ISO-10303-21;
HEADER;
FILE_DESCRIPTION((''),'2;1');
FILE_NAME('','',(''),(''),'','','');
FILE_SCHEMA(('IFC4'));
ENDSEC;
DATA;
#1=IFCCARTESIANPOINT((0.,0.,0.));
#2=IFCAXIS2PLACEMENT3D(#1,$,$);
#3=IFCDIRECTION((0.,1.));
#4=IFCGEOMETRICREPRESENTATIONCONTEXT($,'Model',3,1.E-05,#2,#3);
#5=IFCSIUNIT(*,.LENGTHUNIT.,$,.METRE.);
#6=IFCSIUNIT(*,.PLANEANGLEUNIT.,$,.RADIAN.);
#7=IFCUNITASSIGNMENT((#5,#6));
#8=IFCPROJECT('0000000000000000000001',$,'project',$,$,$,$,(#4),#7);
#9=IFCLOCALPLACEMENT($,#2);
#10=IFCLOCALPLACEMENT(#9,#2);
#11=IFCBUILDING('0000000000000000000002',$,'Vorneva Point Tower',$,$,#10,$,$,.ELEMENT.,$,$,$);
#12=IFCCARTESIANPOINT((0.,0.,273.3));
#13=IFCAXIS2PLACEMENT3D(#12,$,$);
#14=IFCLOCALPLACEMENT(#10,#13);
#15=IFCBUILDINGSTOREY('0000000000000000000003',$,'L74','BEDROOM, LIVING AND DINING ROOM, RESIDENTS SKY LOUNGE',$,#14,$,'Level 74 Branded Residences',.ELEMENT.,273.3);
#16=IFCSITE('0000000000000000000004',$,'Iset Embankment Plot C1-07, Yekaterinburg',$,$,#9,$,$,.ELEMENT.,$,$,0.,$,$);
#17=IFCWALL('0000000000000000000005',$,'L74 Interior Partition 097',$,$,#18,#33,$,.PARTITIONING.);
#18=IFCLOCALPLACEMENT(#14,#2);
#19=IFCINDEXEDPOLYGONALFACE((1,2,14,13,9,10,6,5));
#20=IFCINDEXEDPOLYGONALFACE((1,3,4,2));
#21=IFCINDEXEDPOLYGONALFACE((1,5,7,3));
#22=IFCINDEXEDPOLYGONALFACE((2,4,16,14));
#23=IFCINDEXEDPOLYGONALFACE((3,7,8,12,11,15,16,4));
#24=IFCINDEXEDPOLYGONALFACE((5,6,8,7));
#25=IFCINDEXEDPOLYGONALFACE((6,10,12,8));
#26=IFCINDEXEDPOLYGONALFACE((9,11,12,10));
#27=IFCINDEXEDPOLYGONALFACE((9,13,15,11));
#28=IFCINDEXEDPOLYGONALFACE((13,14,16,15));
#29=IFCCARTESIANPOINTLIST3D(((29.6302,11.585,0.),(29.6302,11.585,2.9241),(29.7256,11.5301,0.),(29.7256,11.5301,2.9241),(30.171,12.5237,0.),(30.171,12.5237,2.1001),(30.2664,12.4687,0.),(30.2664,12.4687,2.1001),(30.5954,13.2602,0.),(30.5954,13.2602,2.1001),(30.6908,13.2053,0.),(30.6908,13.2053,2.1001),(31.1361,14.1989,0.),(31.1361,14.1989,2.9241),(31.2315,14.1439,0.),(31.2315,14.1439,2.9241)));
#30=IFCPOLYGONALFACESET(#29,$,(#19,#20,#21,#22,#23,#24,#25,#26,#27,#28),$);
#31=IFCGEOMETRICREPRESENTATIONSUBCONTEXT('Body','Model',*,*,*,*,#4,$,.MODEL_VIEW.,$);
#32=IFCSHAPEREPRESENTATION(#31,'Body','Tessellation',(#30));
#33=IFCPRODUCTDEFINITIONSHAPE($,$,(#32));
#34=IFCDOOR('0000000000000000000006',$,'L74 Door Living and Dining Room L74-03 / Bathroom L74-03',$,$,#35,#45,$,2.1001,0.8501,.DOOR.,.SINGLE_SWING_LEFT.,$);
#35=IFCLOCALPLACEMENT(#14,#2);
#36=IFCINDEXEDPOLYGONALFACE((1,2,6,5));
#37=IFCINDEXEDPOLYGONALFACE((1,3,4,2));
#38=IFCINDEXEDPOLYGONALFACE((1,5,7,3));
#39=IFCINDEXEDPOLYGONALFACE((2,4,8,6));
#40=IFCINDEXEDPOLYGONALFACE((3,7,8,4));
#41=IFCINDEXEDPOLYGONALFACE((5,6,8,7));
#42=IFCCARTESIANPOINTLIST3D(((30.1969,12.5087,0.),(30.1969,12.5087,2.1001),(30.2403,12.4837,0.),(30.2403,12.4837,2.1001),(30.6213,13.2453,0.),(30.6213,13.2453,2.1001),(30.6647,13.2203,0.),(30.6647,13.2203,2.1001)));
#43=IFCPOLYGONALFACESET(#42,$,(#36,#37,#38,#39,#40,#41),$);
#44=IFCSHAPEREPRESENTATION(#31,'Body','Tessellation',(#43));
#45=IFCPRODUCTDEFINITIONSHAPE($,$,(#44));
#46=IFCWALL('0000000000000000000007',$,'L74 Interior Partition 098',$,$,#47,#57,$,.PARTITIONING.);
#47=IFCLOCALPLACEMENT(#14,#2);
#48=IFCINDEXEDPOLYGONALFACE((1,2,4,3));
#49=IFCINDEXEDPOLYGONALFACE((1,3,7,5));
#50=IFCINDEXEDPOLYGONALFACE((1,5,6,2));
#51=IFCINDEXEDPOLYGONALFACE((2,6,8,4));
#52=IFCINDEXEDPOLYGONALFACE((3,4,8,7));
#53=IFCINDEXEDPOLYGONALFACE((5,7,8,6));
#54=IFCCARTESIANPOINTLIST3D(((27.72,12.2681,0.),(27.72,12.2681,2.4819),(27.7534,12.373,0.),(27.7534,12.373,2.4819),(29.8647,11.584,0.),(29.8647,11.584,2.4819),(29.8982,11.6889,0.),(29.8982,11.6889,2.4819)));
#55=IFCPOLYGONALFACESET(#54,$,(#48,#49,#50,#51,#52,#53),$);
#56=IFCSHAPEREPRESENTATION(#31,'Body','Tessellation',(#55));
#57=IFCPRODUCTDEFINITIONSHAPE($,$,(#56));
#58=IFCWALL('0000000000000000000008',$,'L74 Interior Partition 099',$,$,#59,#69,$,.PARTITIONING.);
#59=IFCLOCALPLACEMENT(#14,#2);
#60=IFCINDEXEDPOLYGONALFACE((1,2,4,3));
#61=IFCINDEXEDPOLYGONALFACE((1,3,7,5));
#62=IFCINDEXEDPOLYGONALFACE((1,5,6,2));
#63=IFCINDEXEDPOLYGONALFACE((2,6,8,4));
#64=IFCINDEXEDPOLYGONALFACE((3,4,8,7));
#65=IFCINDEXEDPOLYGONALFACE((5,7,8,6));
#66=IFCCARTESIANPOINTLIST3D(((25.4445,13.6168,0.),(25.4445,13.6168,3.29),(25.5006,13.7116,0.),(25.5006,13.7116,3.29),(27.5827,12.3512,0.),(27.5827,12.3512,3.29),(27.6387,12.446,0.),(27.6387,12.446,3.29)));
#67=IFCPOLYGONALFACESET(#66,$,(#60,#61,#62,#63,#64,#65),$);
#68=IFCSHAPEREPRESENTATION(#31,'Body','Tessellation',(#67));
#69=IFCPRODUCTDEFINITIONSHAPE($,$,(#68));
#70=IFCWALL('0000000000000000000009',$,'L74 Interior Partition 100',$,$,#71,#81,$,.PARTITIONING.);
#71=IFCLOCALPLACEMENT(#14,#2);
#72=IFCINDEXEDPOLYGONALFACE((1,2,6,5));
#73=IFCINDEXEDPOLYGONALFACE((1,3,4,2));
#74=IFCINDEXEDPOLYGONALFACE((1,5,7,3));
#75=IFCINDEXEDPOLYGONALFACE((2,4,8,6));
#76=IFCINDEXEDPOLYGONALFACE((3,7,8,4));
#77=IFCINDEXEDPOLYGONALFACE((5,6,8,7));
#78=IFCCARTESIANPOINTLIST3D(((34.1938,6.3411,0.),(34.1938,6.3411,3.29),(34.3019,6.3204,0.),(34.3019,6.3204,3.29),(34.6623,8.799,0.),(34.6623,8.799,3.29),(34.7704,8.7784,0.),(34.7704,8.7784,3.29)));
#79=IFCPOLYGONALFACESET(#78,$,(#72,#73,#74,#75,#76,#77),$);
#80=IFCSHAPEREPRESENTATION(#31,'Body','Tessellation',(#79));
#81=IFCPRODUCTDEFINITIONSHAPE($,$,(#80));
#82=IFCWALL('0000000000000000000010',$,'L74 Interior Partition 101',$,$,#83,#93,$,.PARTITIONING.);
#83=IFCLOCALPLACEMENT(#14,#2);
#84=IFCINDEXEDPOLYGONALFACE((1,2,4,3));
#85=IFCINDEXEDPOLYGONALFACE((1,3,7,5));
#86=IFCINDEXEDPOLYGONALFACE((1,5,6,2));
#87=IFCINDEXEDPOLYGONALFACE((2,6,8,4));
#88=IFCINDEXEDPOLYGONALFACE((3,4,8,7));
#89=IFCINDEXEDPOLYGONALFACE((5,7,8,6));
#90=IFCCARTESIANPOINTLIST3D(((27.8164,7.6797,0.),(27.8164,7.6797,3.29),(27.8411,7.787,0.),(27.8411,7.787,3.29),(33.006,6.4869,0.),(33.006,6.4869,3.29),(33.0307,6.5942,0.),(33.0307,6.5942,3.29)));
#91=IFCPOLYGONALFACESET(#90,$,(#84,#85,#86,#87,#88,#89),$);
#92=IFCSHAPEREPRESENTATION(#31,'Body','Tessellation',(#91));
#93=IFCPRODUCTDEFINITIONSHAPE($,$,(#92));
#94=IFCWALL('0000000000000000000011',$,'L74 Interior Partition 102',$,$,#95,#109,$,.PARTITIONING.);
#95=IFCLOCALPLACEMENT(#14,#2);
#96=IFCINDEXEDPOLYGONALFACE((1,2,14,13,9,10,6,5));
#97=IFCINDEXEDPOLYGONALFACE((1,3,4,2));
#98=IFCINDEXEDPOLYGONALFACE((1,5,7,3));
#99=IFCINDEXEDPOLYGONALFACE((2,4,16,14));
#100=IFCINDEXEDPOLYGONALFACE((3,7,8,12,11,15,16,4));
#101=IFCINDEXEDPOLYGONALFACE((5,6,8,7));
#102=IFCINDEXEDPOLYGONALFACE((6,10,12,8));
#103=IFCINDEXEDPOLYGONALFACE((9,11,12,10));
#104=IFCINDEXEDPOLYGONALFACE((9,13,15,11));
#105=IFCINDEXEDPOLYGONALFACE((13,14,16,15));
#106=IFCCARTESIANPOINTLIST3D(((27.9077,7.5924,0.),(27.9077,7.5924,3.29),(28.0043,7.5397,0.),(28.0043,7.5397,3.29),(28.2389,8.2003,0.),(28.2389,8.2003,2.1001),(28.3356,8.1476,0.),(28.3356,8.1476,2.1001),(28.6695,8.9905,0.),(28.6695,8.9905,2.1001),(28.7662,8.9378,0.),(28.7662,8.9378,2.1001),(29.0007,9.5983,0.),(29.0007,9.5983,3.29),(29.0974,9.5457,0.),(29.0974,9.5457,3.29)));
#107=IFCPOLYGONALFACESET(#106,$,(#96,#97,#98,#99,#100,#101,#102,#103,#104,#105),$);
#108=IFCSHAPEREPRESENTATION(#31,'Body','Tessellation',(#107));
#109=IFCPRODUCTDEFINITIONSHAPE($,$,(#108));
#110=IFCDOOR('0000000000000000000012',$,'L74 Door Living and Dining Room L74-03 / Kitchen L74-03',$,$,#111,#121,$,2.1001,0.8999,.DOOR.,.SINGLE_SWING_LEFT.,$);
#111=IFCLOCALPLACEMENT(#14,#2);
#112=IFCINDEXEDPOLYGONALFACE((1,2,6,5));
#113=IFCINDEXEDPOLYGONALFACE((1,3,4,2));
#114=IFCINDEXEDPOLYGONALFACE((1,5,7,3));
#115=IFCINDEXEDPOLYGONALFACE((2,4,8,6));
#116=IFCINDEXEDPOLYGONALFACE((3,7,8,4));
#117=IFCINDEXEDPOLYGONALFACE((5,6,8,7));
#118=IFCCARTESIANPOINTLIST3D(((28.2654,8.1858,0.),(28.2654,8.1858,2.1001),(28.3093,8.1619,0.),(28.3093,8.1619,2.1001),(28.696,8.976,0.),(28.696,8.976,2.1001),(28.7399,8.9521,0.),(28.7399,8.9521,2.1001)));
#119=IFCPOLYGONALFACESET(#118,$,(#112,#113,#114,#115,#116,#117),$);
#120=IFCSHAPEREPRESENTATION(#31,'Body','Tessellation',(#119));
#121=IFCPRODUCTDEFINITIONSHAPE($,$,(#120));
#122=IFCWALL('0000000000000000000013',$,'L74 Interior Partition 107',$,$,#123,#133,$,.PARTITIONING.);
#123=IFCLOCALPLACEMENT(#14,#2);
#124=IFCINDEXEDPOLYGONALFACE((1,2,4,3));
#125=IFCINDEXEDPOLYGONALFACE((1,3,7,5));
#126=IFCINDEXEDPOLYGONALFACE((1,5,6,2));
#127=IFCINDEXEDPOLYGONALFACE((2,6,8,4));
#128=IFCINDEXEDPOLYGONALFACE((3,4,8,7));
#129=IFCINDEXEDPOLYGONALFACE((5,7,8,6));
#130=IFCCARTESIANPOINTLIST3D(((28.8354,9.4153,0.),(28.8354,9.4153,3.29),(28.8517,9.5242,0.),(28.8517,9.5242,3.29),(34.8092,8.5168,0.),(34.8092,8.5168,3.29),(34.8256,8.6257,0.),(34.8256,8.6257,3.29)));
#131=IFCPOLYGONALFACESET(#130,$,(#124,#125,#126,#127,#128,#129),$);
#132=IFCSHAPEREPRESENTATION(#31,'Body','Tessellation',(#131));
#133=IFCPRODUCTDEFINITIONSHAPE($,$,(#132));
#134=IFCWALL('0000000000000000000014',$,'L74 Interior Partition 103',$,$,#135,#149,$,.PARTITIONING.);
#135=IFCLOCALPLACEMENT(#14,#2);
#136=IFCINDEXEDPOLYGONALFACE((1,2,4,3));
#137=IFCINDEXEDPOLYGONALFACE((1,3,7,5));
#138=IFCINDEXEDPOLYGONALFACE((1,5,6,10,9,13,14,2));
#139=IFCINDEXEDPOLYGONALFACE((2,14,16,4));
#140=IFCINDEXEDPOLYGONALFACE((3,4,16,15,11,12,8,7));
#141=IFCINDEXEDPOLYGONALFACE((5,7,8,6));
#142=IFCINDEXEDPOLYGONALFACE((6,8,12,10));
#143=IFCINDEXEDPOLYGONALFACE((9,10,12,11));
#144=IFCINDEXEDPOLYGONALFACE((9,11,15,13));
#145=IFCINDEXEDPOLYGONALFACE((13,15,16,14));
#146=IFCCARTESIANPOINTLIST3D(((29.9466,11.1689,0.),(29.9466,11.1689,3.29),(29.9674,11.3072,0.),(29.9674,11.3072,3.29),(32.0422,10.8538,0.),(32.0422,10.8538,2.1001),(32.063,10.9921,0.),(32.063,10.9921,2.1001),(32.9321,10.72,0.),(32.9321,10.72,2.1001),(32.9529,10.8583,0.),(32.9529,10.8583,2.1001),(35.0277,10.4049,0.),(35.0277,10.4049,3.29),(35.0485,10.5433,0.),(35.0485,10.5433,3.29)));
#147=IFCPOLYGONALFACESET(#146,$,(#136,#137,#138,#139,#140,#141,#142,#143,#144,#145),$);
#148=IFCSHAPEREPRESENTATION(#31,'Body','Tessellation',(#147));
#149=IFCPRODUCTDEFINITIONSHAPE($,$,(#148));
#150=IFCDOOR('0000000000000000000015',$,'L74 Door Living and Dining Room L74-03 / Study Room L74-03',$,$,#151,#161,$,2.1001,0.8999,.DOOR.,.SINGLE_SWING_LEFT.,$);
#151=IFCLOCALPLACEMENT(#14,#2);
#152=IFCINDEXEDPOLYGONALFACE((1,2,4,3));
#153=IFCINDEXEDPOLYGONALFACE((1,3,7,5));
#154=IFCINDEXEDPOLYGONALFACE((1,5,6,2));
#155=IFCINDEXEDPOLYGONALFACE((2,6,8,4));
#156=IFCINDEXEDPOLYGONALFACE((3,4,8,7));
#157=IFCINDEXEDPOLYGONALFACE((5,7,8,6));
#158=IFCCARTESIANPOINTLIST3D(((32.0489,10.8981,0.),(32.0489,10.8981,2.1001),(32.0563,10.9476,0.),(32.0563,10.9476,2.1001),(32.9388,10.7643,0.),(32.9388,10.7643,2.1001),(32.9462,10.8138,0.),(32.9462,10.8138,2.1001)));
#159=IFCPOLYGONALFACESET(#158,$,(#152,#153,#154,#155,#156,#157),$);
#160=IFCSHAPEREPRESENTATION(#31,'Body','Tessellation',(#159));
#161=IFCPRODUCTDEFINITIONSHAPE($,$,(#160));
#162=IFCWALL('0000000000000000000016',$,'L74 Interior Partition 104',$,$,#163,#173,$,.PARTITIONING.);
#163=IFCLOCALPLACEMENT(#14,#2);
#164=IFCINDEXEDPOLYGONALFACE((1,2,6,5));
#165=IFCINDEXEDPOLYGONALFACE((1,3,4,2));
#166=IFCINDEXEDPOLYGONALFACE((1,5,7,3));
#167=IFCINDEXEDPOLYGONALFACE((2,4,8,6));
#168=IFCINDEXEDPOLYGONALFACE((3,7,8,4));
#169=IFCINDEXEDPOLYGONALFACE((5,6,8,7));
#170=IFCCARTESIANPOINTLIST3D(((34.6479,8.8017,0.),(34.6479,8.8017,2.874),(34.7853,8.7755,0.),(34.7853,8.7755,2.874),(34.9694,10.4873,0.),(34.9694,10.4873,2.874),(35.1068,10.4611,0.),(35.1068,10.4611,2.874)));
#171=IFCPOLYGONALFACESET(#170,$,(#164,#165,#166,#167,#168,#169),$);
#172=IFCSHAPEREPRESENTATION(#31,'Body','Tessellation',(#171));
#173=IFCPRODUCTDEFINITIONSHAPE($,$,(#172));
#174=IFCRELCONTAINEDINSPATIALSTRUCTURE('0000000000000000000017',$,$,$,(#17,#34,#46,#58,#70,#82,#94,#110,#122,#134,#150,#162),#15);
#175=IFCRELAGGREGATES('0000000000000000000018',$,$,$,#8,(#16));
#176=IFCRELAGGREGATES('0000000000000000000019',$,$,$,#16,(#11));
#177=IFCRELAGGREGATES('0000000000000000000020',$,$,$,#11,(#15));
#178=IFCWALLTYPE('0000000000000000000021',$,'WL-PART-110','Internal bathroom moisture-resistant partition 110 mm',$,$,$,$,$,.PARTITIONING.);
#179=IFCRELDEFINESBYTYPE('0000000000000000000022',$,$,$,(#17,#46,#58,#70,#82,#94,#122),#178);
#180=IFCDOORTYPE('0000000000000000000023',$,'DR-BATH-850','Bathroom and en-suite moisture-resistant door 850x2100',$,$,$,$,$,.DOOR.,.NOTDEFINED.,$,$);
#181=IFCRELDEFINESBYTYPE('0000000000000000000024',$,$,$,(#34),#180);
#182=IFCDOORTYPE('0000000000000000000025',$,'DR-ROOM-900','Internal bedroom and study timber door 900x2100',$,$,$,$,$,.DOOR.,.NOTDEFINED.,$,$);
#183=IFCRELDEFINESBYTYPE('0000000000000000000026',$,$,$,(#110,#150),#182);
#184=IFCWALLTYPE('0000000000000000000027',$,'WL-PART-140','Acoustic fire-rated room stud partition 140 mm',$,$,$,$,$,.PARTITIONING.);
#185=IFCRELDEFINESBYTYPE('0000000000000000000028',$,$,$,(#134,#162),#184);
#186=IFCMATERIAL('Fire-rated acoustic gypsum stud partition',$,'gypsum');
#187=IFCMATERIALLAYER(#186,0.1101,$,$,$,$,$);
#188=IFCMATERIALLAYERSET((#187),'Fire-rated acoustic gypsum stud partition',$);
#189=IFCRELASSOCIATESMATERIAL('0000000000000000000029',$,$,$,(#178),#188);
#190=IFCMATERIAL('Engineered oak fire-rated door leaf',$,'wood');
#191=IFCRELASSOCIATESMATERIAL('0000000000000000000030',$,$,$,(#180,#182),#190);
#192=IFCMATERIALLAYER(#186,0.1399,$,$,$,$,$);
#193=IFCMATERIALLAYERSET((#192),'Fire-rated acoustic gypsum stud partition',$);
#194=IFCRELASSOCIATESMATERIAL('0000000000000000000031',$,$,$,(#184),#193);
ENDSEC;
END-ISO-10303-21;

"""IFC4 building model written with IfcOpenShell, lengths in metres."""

from ifc_helpers import new_model, si_unit, direction, frame, frame_2d, origin, place, context, subcontext, project, spatial, rectangle, extrude, material, layer, layer_set, type_object, element, fill, save


model = new_model("IFC4")

# Units and contexts
model_context = context("Model", 3, precision=1e-05, world=origin(), true_north=direction((0.0, 1.0)))
body_context = subcontext(model_context, "Body", "Model", "MODEL_VIEW")
ifc_project = project(units=[si_unit("LENGTHUNIT", "METRE"), si_unit("PLANEANGLEUNIT", "RADIAN")], contexts=[model_context])

# Site, building, storey
site_placement = place(None, origin())
site = spatial("IfcSite", under=ifc_project, at=site_placement, Name="Iset Embankment Plot C1-07, Yekaterinburg", CompositionType="ELEMENT", RefElevation=0.0)
building_placement = place(site_placement, origin())
building = spatial("IfcBuilding", under=site, at=building_placement, Name="Vorneva Point Tower", CompositionType="ELEMENT")
storey_placement = place(building_placement, frame((0.0, 0.0, 273.3)))
storey = spatial("IfcBuildingStorey", under=building, at=storey_placement, Name="L74", Description="BEDROOM, LIVING AND DINING ROOM, RESIDENTS SKY LOUNGE", LongName="Level 74 Branded Residences", CompositionType="ELEMENT", Elevation=273.3)

# Wall, opening, door
ifc_material_1 = material(Name="Fire-rated acoustic gypsum stud partition", Category="gypsum")
ifc_layer_1 = layer(ifc_material_1, 0.1101)
ifc_layer_set_1 = layer_set([ifc_layer_1], Name="Fire-rated acoustic gypsum stud partition")
wall_type_1 = type_object("IfcWallType", Name="WL-PART-110", Description="Internal bathroom moisture-resistant partition 110 mm", PredefinedType="PARTITIONING", material=ifc_layer_set_1)
wall_1_placement = place(storey_placement, frame((31.1838, 14.1714, 0.0), z_axis=(0.0, 0.0, 1.0), x_axis=(-0.499204, -0.866485, 0.0)))
wall_1 = element("IfcWall", 1, at=wall_1_placement, inside=storey, type_object=wall_type_1, Name="L74 Interior Partition 097", PredefinedType="PARTITIONING", context=body_context, shape_type="SweptSolid", body=[
    extrude(rectangle(XDim=3.0166, YDim=0.1101, at=frame_2d((1.5083, 0.0))), origin(), (0.0, 0.0, 1.0), 2.9241),
])
opening_1_placement = place(wall_1_placement, frame((1.0833, 0.0, 0.0)))
opening_1 = element("IfcOpeningElement", 2, at=opening_1_placement, cuts=wall_1, PredefinedType="OPENING", context=body_context, shape_type="SweptSolid", body=[
    extrude(rectangle(XDim=0.8501, YDim=2.1001, at=frame_2d((0.425, 1.05))), frame((0.0, 0.0698, 0.0), z_axis=(0.0, -1.0, 0.0), x_axis=(1.0, 0.0, 0.0)), (0.0, 0.0, 1.0), 0.1399),
])
ifc_material_2 = material(Name="Engineered oak fire-rated door leaf", Category="wood")
door_type_1 = type_object("IfcDoorType", Name="DR-BATH-850", Description="Bathroom and en-suite moisture-resistant door 850x2100", OperationType="NOTDEFINED", PredefinedType="DOOR", material=ifc_material_2)
door_1_placement = place(opening_1_placement, origin())
door_1 = element("IfcDoor", 3, at=door_1_placement, inside=storey, type_object=door_type_1, Name="L74 Door Living and Dining Room L74-03 / Bathroom L74-03", OperationType="SINGLE_SWING_LEFT", OverallHeight=2.1001, OverallWidth=0.8501, PredefinedType="DOOR", context=body_context, shape_type="SweptSolid", body=[
    extrude(rectangle(XDim=0.8501, YDim=2.1001, at=frame_2d((0.425, 1.05))), frame((0.0, 0.0249, 0.0), z_axis=(0.0, -1.0, 0.0), x_axis=(1.0, 0.0, 0.0)), (0.0, 0.0, 1.0), 0.05),
])
fill(opening_1, door_1)

# Walls
wall_2_placement = place(storey_placement, frame((29.8813, 11.6365, 0.0), z_axis=(0.0, 0.0, 1.0), x_axis=(-0.952713, 0.303871, 0.0)))
element("IfcWall", 4, at=wall_2_placement, inside=storey, type_object=wall_type_1, Name="L74 Interior Partition 098", PredefinedType="PARTITIONING", context=body_context, shape_type="SweptSolid", body=[
    extrude(rectangle(XDim=2.2512, YDim=0.1101, at=frame_2d((1.1255, 0.0))), origin(), (0.0, 0.0, 1.0), 2.4819),
])
wall_3_placement = place(storey_placement, frame((27.6106, 12.3987, 0.0), z_axis=(0.0, 0.0, 1.0), x_axis=(-0.860547, 0.509371, 0.0)))
element("IfcWall", 5, at=wall_3_placement, inside=storey, type_object=wall_type_1, Name="L74 Interior Partition 099", PredefinedType="PARTITIONING", context=body_context, shape_type="SweptSolid", body=[
    extrude(rectangle(XDim=2.4846, YDim=0.1101, at=frame_2d((1.2422, 0.0))), origin(), (0.0, 0.0, 1.0), 3.29),
])
wall_4_placement = place(storey_placement, frame((34.7163, 8.7886, 0.0), z_axis=(0.0, 0.0, 1.0), x_axis=(-0.187233, -0.982316, 0.0)))
element("IfcWall", 6, at=wall_4_placement, inside=storey, type_object=wall_type_1, Name="L74 Interior Partition 100", PredefinedType="PARTITIONING", context=body_context, shape_type="SweptSolid", body=[
    extrude(rectangle(XDim=2.5022, YDim=0.1101, at=frame_2d((1.251, 0.0))), origin(), (0.0, 0.0, 1.0), 3.29),
])
wall_5_placement = place(storey_placement, frame((27.8286, 7.7334, 0.0), z_axis=(0.0, 0.0, 1.0), x_axis=(0.974586, -0.224012, 0.0)))
element("IfcWall", 7, at=wall_5_placement, inside=storey, type_object=wall_type_1, Name="L74 Interior Partition 101", PredefinedType="PARTITIONING", context=body_context, shape_type="SweptSolid", body=[
    extrude(rectangle(XDim=5.325, YDim=0.1101, at=frame_2d((2.6626, 0.0))), origin(), (0.0, 0.0, 1.0), 3.29),
])

# Wall, opening, door
wall_6_placement = place(storey_placement, frame((27.9561, 7.5662, 0.0), z_axis=(0.0, 0.0, 1.0), x_axis=(0.478485, 0.878096, 0.0)))
wall_6 = element("IfcWall", 8, at=wall_6_placement, inside=storey, type_object=wall_type_1, Name="L74 Interior Partition 102", PredefinedType="PARTITIONING", context=body_context, shape_type="SweptSolid", body=[
    extrude(rectangle(XDim=2.2844, YDim=0.1101, at=frame_2d((1.1421, 0.0))), origin(), (0.0, 0.0, 1.0), 3.29),
])
opening_2_placement = place(wall_6_placement, frame((0.6921, 0.0, 0.0)))
opening_2 = element("IfcOpeningElement", 9, at=opening_2_placement, cuts=wall_6, PredefinedType="OPENING", context=body_context, shape_type="SweptSolid", body=[
    extrude(rectangle(XDim=0.8999, YDim=2.1001, at=frame_2d((0.45, 1.05))), frame((0.0, 0.0698, 0.0), z_axis=(0.0, -1.0, 0.0), x_axis=(1.0, 0.0, 0.0)), (0.0, 0.0, 1.0), 0.1399),
])
door_type_2 = type_object("IfcDoorType", Name="DR-ROOM-900", Description="Internal bedroom and study timber door 900x2100", OperationType="NOTDEFINED", PredefinedType="DOOR", material=ifc_material_2)
door_2_placement = place(opening_2_placement, origin())
door_2 = element("IfcDoor", 10, at=door_2_placement, inside=storey, type_object=door_type_2, Name="L74 Door Living and Dining Room L74-03 / Kitchen L74-03", OperationType="SINGLE_SWING_LEFT", OverallHeight=2.1001, OverallWidth=0.8999, PredefinedType="DOOR", context=body_context, shape_type="SweptSolid", body=[
    extrude(rectangle(XDim=0.8999, YDim=2.1001, at=frame_2d((0.45, 1.05))), frame((0.0, 0.0249, 0.0), z_axis=(0.0, -1.0, 0.0), x_axis=(1.0, 0.0, 0.0)), (0.0, 0.0, 1.0), 0.05),
])
fill(opening_2, door_2)

# Wall
wall_7_placement = place(storey_placement, frame((34.8174, 8.5713, 0.0), z_axis=(0.0, 0.0, 1.0), x_axis=(-0.988879, 0.148722, 0.0)))
element("IfcWall", 11, at=wall_7_placement, inside=storey, type_object=wall_type_1, Name="L74 Interior Partition 107", PredefinedType="PARTITIONING", context=body_context, shape_type="SweptSolid", body=[
    extrude(rectangle(XDim=6.041, YDim=0.1101, at=frame_2d((3.0205, 0.0))), origin(), (0.0, 0.0, 1.0), 3.29),
])

# Wall, opening, door
ifc_layer_2 = layer(ifc_material_1, 0.1399)
ifc_layer_set_2 = layer_set([ifc_layer_2], Name="Fire-rated acoustic gypsum stud partition")
wall_type_2 = type_object("IfcWallType", Name="WL-PART-140", Description="Acoustic fire-rated room stud partition 140 mm", PredefinedType="PARTITIONING", material=ifc_layer_set_2)
wall_8_placement = place(storey_placement, frame((29.957, 11.238, 0.0), z_axis=(0.0, 0.0, 1.0), x_axis=(0.988886, -0.148675, 0.0)))
wall_8 = element("IfcWall", 12, at=wall_8_placement, inside=storey, type_object=wall_type_2, Name="L74 Interior Partition 103", PredefinedType="PARTITIONING", context=body_context, shape_type="SweptSolid", body=[
    extrude(rectangle(XDim=5.1382, YDim=0.1399, at=frame_2d((2.5691, 0.0))), origin(), (0.0, 0.0, 1.0), 3.29),
])
opening_3_placement = place(wall_8_placement, frame((2.1191, 0.0, 0.0)))
opening_3 = element("IfcOpeningElement", 13, at=opening_3_placement, cuts=wall_8, PredefinedType="OPENING", context=body_context, shape_type="SweptSolid", body=[
    extrude(rectangle(XDim=0.8999, YDim=2.1001, at=frame_2d((0.45, 1.05))), frame((0.0, 0.085, 0.0), z_axis=(0.0, -1.0, 0.0), x_axis=(1.0, 0.0, 0.0)), (0.0, 0.0, 1.0), 0.1697),
])
door_3_placement = place(opening_3_placement, origin())
door_3 = element("IfcDoor", 14, at=door_3_placement, inside=storey, type_object=door_type_2, Name="L74 Door Living and Dining Room L74-03 / Study Room L74-03", OperationType="SINGLE_SWING_LEFT", OverallHeight=2.1001, OverallWidth=0.8999, PredefinedType="DOOR", context=body_context, shape_type="SweptSolid", body=[
    extrude(rectangle(XDim=0.8999, YDim=2.1001, at=frame_2d((0.45, 1.05))), frame((0.0, 0.0249, 0.0), z_axis=(0.0, -1.0, 0.0), x_axis=(1.0, 0.0, 0.0)), (0.0, 0.0, 1.0), 0.05),
])
fill(opening_3, door_3)

# Wall
wall_9_placement = place(storey_placement, frame((35.0381, 10.4741, 0.0), z_axis=(0.0, 0.0, 1.0), x_axis=(-0.187354, -0.982292, 0.0)))
element("IfcWall", 15, at=wall_9_placement, inside=storey, type_object=wall_type_2, Name="L74 Interior Partition 104", PredefinedType="PARTITIONING", context=body_context, shape_type="SweptSolid", body=[
    extrude(rectangle(XDim=1.7161, YDim=0.1399, at=frame_2d((0.8579, 0.0))), origin(), (0.0, 0.0, 1.0), 2.874),
])

save(model, "model.ifc")
